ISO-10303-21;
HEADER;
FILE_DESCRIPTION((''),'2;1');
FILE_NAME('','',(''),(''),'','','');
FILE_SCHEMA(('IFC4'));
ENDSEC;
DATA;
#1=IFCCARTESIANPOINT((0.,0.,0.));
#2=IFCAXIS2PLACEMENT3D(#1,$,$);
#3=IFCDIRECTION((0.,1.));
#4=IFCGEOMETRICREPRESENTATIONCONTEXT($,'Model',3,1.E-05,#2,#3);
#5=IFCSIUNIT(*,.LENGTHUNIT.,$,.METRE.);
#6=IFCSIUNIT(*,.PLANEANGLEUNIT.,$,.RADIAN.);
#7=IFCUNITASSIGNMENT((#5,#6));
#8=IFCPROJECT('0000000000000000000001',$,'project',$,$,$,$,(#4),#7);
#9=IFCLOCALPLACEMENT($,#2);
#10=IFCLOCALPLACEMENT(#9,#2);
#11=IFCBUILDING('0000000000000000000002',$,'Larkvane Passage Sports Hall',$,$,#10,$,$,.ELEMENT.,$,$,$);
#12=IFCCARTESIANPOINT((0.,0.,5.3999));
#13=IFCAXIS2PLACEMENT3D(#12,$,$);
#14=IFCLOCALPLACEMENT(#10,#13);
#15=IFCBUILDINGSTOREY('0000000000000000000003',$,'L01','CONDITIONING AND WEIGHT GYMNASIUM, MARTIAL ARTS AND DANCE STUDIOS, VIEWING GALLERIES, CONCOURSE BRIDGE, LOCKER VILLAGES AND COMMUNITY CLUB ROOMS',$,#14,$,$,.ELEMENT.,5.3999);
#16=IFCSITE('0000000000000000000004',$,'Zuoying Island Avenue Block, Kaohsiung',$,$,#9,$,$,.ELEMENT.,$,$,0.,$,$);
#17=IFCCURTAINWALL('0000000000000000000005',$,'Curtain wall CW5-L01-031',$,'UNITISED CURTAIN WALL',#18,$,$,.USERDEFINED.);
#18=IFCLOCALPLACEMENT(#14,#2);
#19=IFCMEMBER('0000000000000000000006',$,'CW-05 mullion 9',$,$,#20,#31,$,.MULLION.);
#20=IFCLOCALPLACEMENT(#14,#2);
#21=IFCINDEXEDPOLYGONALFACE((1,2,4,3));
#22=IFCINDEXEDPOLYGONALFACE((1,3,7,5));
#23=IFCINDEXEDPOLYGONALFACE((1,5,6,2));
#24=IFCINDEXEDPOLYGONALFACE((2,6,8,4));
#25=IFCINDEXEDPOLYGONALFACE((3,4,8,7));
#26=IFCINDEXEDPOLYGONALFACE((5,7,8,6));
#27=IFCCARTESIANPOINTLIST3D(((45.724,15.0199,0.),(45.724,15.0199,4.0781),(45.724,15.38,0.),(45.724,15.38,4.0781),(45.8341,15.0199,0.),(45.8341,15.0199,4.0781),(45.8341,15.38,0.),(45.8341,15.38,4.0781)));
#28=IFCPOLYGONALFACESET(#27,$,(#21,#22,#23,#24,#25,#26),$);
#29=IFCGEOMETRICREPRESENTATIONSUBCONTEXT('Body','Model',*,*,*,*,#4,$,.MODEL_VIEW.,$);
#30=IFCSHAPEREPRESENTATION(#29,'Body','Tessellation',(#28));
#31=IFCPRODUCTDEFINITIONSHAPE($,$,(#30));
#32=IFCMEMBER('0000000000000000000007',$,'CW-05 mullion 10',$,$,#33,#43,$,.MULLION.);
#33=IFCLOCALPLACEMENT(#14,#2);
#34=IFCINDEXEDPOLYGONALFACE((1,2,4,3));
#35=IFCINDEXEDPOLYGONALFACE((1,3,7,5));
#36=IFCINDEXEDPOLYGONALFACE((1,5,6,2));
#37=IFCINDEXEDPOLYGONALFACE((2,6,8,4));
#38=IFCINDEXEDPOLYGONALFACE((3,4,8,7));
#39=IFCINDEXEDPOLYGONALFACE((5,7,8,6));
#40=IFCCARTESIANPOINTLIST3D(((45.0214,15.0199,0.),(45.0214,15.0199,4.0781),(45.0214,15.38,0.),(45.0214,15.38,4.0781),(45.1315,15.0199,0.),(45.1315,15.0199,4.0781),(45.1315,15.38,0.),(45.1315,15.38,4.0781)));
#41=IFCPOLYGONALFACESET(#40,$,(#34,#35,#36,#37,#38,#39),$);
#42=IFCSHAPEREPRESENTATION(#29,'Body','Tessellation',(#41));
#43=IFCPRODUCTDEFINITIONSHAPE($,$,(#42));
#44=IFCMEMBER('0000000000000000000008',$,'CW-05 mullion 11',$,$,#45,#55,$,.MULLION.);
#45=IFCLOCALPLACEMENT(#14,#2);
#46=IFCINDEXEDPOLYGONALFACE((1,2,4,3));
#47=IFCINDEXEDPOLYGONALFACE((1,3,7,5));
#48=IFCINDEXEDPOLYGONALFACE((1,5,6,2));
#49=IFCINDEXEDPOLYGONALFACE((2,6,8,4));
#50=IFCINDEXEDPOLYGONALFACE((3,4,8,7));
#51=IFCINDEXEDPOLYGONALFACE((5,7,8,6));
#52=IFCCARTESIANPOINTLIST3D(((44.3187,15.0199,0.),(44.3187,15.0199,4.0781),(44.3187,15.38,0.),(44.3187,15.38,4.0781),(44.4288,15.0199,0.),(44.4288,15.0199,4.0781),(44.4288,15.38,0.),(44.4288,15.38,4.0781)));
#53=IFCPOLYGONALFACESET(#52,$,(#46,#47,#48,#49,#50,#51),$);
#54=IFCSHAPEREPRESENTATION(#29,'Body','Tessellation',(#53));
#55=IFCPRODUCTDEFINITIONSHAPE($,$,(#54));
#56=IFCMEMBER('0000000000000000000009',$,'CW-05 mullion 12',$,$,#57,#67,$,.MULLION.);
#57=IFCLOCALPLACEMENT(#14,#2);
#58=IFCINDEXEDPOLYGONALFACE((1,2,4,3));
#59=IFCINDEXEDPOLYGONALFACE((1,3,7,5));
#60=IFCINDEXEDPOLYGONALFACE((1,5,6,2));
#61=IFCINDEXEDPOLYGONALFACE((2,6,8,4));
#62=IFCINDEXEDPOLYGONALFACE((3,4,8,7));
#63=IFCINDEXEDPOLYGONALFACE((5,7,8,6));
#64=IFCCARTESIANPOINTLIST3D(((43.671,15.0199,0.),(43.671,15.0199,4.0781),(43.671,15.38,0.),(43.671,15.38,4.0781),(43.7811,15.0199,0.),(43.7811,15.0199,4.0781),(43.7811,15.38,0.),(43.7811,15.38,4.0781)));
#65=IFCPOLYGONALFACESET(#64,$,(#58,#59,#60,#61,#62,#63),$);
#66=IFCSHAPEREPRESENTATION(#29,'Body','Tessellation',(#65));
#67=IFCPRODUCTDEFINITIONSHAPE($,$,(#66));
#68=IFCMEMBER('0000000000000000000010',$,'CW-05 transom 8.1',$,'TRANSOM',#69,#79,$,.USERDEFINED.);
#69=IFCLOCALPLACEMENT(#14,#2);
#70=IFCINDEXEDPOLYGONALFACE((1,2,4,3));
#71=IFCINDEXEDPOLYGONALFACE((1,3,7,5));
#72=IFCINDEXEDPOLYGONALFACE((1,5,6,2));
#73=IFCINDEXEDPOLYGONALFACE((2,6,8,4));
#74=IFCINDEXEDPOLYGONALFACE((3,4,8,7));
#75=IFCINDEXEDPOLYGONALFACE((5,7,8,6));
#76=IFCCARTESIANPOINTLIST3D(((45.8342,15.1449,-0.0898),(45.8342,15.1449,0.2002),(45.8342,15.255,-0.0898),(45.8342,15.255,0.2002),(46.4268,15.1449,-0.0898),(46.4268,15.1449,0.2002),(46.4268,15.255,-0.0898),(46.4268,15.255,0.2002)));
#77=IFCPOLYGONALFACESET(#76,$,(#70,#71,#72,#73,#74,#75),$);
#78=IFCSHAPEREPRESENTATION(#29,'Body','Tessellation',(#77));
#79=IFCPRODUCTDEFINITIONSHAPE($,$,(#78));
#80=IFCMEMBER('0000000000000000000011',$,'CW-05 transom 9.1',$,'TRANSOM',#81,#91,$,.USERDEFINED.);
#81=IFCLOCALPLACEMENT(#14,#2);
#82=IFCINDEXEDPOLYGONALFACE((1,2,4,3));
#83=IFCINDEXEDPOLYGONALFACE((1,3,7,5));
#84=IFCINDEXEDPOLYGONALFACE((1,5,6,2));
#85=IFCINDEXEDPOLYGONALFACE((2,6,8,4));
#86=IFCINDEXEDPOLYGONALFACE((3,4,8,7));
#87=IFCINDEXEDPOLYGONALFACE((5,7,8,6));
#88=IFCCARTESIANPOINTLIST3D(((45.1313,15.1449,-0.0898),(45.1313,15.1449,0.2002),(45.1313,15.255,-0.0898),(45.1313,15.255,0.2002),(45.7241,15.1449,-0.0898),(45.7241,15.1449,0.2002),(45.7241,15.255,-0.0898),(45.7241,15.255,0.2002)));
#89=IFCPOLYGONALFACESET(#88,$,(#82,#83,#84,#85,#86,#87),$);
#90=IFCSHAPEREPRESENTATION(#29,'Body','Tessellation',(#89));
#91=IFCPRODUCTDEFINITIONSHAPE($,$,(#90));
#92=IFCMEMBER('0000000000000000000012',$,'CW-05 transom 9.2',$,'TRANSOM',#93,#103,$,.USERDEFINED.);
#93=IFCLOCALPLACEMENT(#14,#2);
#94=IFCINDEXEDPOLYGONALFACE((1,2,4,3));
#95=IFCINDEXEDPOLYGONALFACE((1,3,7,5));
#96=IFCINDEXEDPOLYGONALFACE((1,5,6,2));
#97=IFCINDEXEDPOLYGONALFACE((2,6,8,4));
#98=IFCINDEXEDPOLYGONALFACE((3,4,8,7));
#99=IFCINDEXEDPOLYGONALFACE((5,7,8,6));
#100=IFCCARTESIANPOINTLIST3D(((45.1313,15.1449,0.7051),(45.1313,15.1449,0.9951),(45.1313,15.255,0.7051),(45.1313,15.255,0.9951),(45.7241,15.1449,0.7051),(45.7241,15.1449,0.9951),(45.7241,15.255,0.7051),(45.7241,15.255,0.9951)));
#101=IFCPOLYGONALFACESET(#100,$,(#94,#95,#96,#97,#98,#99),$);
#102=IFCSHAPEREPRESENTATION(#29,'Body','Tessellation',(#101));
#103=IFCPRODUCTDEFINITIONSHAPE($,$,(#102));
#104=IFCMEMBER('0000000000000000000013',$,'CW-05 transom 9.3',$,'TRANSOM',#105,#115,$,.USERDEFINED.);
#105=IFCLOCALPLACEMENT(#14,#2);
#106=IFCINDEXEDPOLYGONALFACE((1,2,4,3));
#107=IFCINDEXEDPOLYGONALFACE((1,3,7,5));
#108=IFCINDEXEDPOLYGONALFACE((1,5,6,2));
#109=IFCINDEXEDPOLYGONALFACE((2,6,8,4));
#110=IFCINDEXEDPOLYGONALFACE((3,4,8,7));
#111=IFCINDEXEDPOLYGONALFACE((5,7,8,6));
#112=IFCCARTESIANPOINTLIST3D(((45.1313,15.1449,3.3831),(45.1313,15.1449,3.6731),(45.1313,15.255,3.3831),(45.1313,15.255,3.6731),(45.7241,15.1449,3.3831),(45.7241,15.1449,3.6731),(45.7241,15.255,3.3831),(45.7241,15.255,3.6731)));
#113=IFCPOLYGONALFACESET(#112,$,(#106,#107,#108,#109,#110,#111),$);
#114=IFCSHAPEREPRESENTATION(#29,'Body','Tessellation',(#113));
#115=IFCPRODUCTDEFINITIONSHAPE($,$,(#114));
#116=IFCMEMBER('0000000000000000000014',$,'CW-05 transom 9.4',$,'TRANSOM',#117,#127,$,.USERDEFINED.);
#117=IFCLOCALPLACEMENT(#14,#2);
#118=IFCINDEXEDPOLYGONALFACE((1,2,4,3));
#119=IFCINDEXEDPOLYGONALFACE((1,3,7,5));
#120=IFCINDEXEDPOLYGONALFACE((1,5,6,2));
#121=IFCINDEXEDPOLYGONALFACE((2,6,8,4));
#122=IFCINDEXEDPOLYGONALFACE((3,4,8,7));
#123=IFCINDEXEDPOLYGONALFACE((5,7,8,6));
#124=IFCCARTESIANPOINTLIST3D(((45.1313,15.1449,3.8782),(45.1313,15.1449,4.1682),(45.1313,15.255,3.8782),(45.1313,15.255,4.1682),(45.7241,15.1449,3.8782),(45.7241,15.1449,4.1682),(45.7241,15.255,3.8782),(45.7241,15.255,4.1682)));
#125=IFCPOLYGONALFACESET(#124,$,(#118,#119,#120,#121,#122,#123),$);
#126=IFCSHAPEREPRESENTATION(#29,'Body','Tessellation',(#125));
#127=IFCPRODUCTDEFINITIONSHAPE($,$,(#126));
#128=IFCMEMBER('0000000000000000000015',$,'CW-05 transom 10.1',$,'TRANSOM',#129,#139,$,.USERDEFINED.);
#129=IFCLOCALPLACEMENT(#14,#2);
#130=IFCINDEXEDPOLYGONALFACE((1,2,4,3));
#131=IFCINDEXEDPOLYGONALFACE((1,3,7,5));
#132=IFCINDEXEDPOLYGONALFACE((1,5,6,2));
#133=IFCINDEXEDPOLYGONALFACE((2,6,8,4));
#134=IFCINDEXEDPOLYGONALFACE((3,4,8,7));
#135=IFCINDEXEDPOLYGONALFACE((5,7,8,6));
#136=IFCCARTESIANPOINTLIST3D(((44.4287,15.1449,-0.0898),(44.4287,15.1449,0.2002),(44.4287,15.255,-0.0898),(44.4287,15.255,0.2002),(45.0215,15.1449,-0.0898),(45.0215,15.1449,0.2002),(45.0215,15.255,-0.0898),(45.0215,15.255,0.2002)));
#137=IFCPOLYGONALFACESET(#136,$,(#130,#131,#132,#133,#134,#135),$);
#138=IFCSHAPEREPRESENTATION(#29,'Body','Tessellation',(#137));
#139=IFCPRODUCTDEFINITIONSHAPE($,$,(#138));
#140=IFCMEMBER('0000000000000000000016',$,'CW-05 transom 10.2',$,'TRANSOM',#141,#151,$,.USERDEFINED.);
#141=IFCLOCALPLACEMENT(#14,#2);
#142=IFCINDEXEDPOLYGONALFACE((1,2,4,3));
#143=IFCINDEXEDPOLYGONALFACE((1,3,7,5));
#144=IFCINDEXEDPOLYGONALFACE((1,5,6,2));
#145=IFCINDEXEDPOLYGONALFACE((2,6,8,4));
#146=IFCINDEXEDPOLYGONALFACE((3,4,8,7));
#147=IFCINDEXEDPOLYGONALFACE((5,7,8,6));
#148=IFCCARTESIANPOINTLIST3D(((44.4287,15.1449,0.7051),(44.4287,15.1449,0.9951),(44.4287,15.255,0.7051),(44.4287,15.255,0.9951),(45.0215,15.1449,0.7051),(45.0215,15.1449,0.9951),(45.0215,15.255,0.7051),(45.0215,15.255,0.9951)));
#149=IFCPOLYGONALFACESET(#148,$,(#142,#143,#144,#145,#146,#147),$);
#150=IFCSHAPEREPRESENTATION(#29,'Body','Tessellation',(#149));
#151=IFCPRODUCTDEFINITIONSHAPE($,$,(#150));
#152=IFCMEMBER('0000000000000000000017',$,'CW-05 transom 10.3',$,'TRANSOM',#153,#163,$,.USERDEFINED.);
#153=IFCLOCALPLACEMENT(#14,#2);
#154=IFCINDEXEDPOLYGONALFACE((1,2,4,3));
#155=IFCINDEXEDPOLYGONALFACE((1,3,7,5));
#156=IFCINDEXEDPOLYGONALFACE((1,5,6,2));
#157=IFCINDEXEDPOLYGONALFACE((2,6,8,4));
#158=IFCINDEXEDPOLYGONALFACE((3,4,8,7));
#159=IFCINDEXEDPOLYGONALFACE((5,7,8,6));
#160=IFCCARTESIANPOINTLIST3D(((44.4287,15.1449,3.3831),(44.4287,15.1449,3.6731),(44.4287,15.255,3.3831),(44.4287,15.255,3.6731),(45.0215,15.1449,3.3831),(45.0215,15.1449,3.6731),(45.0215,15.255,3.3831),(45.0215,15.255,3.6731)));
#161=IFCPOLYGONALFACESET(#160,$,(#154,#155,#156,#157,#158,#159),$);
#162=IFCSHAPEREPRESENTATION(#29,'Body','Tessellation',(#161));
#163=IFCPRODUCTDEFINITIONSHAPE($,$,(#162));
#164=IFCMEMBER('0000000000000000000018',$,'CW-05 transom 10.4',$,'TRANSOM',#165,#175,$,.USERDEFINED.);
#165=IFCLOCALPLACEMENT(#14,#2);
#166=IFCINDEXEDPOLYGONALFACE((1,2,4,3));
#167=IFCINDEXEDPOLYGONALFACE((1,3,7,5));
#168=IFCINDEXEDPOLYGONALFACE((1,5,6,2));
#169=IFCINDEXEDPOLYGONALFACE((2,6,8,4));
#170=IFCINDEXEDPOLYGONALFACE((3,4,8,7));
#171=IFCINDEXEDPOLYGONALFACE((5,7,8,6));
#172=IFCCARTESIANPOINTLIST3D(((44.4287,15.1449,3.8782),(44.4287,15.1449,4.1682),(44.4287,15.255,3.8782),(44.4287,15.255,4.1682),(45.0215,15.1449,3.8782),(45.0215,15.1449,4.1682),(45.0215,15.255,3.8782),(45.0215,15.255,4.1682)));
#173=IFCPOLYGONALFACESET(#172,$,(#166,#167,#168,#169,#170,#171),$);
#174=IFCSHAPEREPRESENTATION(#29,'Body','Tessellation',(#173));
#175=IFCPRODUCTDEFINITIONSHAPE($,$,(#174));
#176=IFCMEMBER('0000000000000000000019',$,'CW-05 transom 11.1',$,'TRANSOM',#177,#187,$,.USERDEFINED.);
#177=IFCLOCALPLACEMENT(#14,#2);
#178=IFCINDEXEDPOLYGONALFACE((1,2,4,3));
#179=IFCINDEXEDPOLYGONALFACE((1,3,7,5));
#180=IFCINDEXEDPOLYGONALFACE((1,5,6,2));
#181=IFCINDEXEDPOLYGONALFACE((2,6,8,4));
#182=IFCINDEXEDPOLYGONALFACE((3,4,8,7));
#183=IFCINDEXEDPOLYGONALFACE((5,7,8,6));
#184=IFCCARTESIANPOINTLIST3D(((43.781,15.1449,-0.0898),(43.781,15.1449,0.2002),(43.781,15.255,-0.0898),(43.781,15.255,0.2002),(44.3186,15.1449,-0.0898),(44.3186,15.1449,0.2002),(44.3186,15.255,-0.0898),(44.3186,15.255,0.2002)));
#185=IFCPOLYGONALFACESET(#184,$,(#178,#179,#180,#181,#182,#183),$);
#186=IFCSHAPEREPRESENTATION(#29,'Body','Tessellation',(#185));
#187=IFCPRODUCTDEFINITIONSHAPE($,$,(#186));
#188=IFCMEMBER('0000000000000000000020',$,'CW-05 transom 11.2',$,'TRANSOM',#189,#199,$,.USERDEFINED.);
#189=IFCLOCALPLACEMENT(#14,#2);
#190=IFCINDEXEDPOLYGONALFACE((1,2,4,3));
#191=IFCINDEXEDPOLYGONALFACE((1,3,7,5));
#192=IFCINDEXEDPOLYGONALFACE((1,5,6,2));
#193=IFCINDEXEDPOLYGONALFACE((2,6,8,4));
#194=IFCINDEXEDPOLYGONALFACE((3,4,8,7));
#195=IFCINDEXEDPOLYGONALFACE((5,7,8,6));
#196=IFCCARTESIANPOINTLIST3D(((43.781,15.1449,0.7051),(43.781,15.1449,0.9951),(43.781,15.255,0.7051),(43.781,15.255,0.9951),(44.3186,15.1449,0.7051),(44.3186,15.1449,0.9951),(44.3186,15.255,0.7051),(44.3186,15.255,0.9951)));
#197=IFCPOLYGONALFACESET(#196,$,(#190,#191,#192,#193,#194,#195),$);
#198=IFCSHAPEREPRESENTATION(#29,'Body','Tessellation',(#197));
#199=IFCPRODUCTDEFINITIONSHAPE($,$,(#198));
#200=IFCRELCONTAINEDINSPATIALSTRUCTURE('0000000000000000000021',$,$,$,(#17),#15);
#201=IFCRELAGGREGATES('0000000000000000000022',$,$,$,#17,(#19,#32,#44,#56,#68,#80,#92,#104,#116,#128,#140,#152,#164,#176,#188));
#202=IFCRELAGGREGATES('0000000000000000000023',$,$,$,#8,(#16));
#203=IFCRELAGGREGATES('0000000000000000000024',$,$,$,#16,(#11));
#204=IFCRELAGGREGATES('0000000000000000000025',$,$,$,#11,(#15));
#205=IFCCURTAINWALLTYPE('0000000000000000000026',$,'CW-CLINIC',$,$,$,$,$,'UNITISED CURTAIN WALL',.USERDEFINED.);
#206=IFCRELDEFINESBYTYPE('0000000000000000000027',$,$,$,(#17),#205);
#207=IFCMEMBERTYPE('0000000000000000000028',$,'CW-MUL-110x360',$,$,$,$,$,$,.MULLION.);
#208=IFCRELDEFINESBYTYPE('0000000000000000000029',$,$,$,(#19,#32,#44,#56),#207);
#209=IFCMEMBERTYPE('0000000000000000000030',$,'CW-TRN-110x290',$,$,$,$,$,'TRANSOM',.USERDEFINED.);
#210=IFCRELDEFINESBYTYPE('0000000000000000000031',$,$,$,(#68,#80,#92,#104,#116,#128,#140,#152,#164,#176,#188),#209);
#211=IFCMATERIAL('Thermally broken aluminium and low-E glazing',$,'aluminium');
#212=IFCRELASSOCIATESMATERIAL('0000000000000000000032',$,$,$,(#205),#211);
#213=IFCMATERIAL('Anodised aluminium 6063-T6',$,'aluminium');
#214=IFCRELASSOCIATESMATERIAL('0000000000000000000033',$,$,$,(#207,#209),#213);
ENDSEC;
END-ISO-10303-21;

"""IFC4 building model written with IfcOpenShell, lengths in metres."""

from ifc_helpers import new_model, si_unit, direction, frame, origin, origin_2d, place, context, subcontext, project, spatial, rectangle, extrude, material, material_profile, profile_set, type_object, element, aggregate, save


model = new_model("IFC4")

# Units and contexts
model_context = context("Model", 3, precision=1e-05, world=origin(), true_north=direction((0.0, 1.0)))
body_context = subcontext(model_context, "Body", "Model", "MODEL_VIEW")
ifc_project = project(units=[si_unit("LENGTHUNIT", "METRE"), si_unit("PLANEANGLEUNIT", "RADIAN")], contexts=[model_context])

# Site, building, storey
site_placement = place(None, origin())
site = spatial("IfcSite", under=ifc_project, at=site_placement, Name="Zuoying Island Avenue Block, Kaohsiung", CompositionType="ELEMENT", RefElevation=0.0)
building_placement = place(site_placement, origin())
building = spatial("IfcBuilding", under=site, at=building_placement, Name="Larkvane Passage Sports Hall", CompositionType="ELEMENT")
storey_placement = place(building_placement, frame((0.0, 0.0, 5.3999)))
storey = spatial("IfcBuildingStorey", under=building, at=storey_placement, Name="L01", Description="CONDITIONING AND WEIGHT GYMNASIUM, MARTIAL ARTS AND DANCE STUDIOS, VIEWING GALLERIES, CONCOURSE BRIDGE, LOCKER VILLAGES AND COMMUNITY CLUB ROOMS", CompositionType="ELEMENT", Elevation=5.3999)

# Curtain wall, members
ifc_material_1 = material(Name="Thermally broken aluminium and low-E glazing", Category="aluminium")
curtain_wall_type = type_object("IfcCurtainWallType", Name="CW-CLINIC", ElementType="UNITISED CURTAIN WALL", PredefinedType="USERDEFINED", material=ifc_material_1)
curtain_wall_placement = place(storey_placement, origin())
curtain_wall = element("IfcCurtainWall", 1, at=curtain_wall_placement, inside=storey, type_object=curtain_wall_type, Name="Curtain wall CW5-L01-031", ObjectType="UNITISED CURTAIN WALL", PredefinedType="USERDEFINED")
ifc_material_2 = material(Name="Anodised aluminium 6063-T6", Category="aluminium")
ifc_material_profile_1 = material_profile(ifc_material_2, rectangle(XDim=0.1101, YDim=0.3601, at=origin_2d()), Name="ALU-MUL-110x360")
ifc_profile_set_1 = profile_set([ifc_material_profile_1], Name="Anodised aluminium 6063-T6")
member_type_1 = type_object("IfcMemberType", Name="CW-MUL-110x360", PredefinedType="MULLION", material=ifc_profile_set_1)
member_1_placement = place(storey_placement, frame((45.7791, 15.2, 0.0), z_axis=(0.0, 0.0, 1.0), x_axis=(-1.0, 0.0, 0.0)))
member_1 = element("IfcMember", 2, at=member_1_placement, type_object=member_type_1, Name="CW-05 mullion 9", PredefinedType="MULLION", context=body_context, shape_type="SweptSolid", body=[
    extrude(rectangle(XDim=0.1101, YDim=0.3601, at=origin_2d()), origin(), (0.0, 0.0, 1.0), 4.0781),
])
member_2_placement = place(storey_placement, frame((45.0764, 15.2, 0.0), z_axis=(0.0, 0.0, 1.0), x_axis=(-1.0, 0.0, 0.0)))
member_2 = element("IfcMember", 3, at=member_2_placement, type_object=member_type_1, Name="CW-05 mullion 10", PredefinedType="MULLION", context=body_context, shape_type="SweptSolid", body=[
    extrude(rectangle(XDim=0.1101, YDim=0.3601, at=origin_2d()), origin(), (0.0, 0.0, 1.0), 4.0781),
])
member_3_placement = place(storey_placement, frame((44.3738, 15.2, 0.0), z_axis=(0.0, 0.0, 1.0), x_axis=(-1.0, 0.0, 0.0)))
member_3 = element("IfcMember", 4, at=member_3_placement, type_object=member_type_1, Name="CW-05 mullion 11", PredefinedType="MULLION", context=body_context, shape_type="SweptSolid", body=[
    extrude(rectangle(XDim=0.1101, YDim=0.3601, at=origin_2d()), origin(), (0.0, 0.0, 1.0), 4.0781),
])
member_4_placement = place(storey_placement, frame((43.7261, 15.2, 0.0), z_axis=(0.0, 0.0, 1.0), x_axis=(-1.0, 0.0, 0.0)))
member_4 = element("IfcMember", 5, at=member_4_placement, type_object=member_type_1, Name="CW-05 mullion 12", PredefinedType="MULLION", context=body_context, shape_type="SweptSolid", body=[
    extrude(rectangle(XDim=0.1101, YDim=0.3601, at=origin_2d()), origin(), (0.0, 0.0, 1.0), 4.0781),
])
ifc_material_profile_2 = material_profile(ifc_material_2, rectangle(XDim=0.1101, YDim=0.29, at=origin_2d()), Name="ALU-TRN-110x290")
ifc_profile_set_2 = profile_set([ifc_material_profile_2], Name="Anodised aluminium 6063-T6")
member_type_2 = type_object("IfcMemberType", Name="CW-TRN-110x290", ElementType="TRANSOM", PredefinedType="USERDEFINED", material=ifc_profile_set_2)
member_5_placement = place(storey_placement, frame((46.4268, 15.2, 0.0552), z_axis=(-1.0, 0.0, 0.0), x_axis=(0.0, -1.0, 0.0)))
member_5 = element("IfcMember", 6, at=member_5_placement, type_object=member_type_2, Name="CW-05 transom 8.1", ObjectType="TRANSOM", PredefinedType="USERDEFINED", context=body_context, shape_type="SweptSolid", body=[
    extrude(rectangle(XDim=0.1101, YDim=0.29, at=origin_2d()), origin(), (0.0, 0.0, 1.0), 0.5925),
])
member_6_placement = place(storey_placement, frame((45.7241, 15.2, 0.0552), z_axis=(-1.0, 0.0, 0.0), x_axis=(0.0, -1.0, 0.0)))
member_6 = element("IfcMember", 7, at=member_6_placement, type_object=member_type_2, Name="CW-05 transom 9.1", ObjectType="TRANSOM", PredefinedType="USERDEFINED", context=body_context, shape_type="SweptSolid", body=[
    extrude(rectangle(XDim=0.1101, YDim=0.29, at=origin_2d()), origin(), (0.0, 0.0, 1.0), 0.5928),
])
member_7_placement = place(storey_placement, frame((45.7241, 15.2, 0.8501), z_axis=(-1.0, 0.0, 0.0), x_axis=(0.0, -1.0, 0.0)))
member_7 = element("IfcMember", 8, at=member_7_placement, type_object=member_type_2, Name="CW-05 transom 9.2", ObjectType="TRANSOM", PredefinedType="USERDEFINED", context=body_context, shape_type="SweptSolid", body=[
    extrude(rectangle(XDim=0.1101, YDim=0.29, at=origin_2d()), origin(), (0.0, 0.0, 1.0), 0.5928),
])
member_8_placement = place(storey_placement, frame((45.7241, 15.2, 3.5281), z_axis=(-1.0, 0.0, 0.0), x_axis=(0.0, -1.0, 0.0)))
member_8 = element("IfcMember", 9, at=member_8_placement, type_object=member_type_2, Name="CW-05 transom 9.3", ObjectType="TRANSOM", PredefinedType="USERDEFINED", context=body_context, shape_type="SweptSolid", body=[
    extrude(rectangle(XDim=0.1101, YDim=0.29, at=origin_2d()), origin(), (0.0, 0.0, 1.0), 0.5928),
])
member_9_placement = place(storey_placement, frame((45.7241, 15.2, 4.0232), z_axis=(-1.0, 0.0, 0.0), x_axis=(0.0, -1.0, 0.0)))
member_9 = element("IfcMember", 10, at=member_9_placement, type_object=member_type_2, Name="CW-05 transom 9.4", ObjectType="TRANSOM", PredefinedType="USERDEFINED", context=body_context, shape_type="SweptSolid", body=[
    extrude(rectangle(XDim=0.1101, YDim=0.29, at=origin_2d()), origin(), (0.0, 0.0, 1.0), 0.5928),
])
member_10_placement = place(storey_placement, frame((45.0215, 15.2, 0.0552), z_axis=(-1.0, 0.0, 0.0), x_axis=(0.0, -1.0, 0.0)))
member_10 = element("IfcMember", 11, at=member_10_placement, type_object=member_type_2, Name="CW-05 transom 10.1", ObjectType="TRANSOM", PredefinedType="USERDEFINED", context=body_context, shape_type="SweptSolid", body=[
    extrude(rectangle(XDim=0.1101, YDim=0.29, at=origin_2d()), origin(), (0.0, 0.0, 1.0), 0.5928),
])
member_11_placement = place(storey_placement, frame((45.0215, 15.2, 0.8501), z_axis=(-1.0, 0.0, 0.0), x_axis=(0.0, -1.0, 0.0)))
member_11 = element("IfcMember", 12, at=member_11_placement, type_object=member_type_2, Name="CW-05 transom 10.2", ObjectType="TRANSOM", PredefinedType="USERDEFINED", context=body_context, shape_type="SweptSolid", body=[
    extrude(rectangle(XDim=0.1101, YDim=0.29, at=origin_2d()), origin(), (0.0, 0.0, 1.0), 0.5928),
])
member_12_placement = place(storey_placement, frame((45.0215, 15.2, 3.5281), z_axis=(-1.0, 0.0, 0.0), x_axis=(0.0, -1.0, 0.0)))
member_12 = element("IfcMember", 13, at=member_12_placement, type_object=member_type_2, Name="CW-05 transom 10.3", ObjectType="TRANSOM", PredefinedType="USERDEFINED", context=body_context, shape_type="SweptSolid", body=[
    extrude(rectangle(XDim=0.1101, YDim=0.29, at=origin_2d()), origin(), (0.0, 0.0, 1.0), 0.5928),
])
member_13_placement = place(storey_placement, frame((45.0215, 15.2, 4.0232), z_axis=(-1.0, 0.0, 0.0), x_axis=(0.0, -1.0, 0.0)))
member_13 = element("IfcMember", 14, at=member_13_placement, type_object=member_type_2, Name="CW-05 transom 10.4", ObjectType="TRANSOM", PredefinedType="USERDEFINED", context=body_context, shape_type="SweptSolid", body=[
    extrude(rectangle(XDim=0.1101, YDim=0.29, at=origin_2d()), origin(), (0.0, 0.0, 1.0), 0.5928),
])
member_14_placement = place(storey_placement, frame((44.3186, 15.2, 0.0552), z_axis=(-1.0, 0.0, 0.0), x_axis=(0.0, -1.0, 0.0)))
member_14 = element("IfcMember", 15, at=member_14_placement, type_object=member_type_2, Name="CW-05 transom 11.1", ObjectType="TRANSOM", PredefinedType="USERDEFINED", context=body_context, shape_type="SweptSolid", body=[
    extrude(rectangle(XDim=0.1101, YDim=0.29, at=origin_2d()), origin(), (0.0, 0.0, 1.0), 0.5376),
])
member_15_placement = place(storey_placement, frame((44.3186, 15.2, 0.8501), z_axis=(-1.0, 0.0, 0.0), x_axis=(0.0, -1.0, 0.0)))
member_15 = element("IfcMember", 16, at=member_15_placement, type_object=member_type_2, Name="CW-05 transom 11.2", ObjectType="TRANSOM", PredefinedType="USERDEFINED", context=body_context, shape_type="SweptSolid", body=[
    extrude(rectangle(XDim=0.1101, YDim=0.29, at=origin_2d()), origin(), (0.0, 0.0, 1.0), 0.5376),
])
aggregate(curtain_wall, [member_1, member_2, member_3, member_4, member_5, member_6, member_7, member_8, member_9, member_10, member_11, member_12, member_13, member_14, member_15])

save(model, "model.ifc")
